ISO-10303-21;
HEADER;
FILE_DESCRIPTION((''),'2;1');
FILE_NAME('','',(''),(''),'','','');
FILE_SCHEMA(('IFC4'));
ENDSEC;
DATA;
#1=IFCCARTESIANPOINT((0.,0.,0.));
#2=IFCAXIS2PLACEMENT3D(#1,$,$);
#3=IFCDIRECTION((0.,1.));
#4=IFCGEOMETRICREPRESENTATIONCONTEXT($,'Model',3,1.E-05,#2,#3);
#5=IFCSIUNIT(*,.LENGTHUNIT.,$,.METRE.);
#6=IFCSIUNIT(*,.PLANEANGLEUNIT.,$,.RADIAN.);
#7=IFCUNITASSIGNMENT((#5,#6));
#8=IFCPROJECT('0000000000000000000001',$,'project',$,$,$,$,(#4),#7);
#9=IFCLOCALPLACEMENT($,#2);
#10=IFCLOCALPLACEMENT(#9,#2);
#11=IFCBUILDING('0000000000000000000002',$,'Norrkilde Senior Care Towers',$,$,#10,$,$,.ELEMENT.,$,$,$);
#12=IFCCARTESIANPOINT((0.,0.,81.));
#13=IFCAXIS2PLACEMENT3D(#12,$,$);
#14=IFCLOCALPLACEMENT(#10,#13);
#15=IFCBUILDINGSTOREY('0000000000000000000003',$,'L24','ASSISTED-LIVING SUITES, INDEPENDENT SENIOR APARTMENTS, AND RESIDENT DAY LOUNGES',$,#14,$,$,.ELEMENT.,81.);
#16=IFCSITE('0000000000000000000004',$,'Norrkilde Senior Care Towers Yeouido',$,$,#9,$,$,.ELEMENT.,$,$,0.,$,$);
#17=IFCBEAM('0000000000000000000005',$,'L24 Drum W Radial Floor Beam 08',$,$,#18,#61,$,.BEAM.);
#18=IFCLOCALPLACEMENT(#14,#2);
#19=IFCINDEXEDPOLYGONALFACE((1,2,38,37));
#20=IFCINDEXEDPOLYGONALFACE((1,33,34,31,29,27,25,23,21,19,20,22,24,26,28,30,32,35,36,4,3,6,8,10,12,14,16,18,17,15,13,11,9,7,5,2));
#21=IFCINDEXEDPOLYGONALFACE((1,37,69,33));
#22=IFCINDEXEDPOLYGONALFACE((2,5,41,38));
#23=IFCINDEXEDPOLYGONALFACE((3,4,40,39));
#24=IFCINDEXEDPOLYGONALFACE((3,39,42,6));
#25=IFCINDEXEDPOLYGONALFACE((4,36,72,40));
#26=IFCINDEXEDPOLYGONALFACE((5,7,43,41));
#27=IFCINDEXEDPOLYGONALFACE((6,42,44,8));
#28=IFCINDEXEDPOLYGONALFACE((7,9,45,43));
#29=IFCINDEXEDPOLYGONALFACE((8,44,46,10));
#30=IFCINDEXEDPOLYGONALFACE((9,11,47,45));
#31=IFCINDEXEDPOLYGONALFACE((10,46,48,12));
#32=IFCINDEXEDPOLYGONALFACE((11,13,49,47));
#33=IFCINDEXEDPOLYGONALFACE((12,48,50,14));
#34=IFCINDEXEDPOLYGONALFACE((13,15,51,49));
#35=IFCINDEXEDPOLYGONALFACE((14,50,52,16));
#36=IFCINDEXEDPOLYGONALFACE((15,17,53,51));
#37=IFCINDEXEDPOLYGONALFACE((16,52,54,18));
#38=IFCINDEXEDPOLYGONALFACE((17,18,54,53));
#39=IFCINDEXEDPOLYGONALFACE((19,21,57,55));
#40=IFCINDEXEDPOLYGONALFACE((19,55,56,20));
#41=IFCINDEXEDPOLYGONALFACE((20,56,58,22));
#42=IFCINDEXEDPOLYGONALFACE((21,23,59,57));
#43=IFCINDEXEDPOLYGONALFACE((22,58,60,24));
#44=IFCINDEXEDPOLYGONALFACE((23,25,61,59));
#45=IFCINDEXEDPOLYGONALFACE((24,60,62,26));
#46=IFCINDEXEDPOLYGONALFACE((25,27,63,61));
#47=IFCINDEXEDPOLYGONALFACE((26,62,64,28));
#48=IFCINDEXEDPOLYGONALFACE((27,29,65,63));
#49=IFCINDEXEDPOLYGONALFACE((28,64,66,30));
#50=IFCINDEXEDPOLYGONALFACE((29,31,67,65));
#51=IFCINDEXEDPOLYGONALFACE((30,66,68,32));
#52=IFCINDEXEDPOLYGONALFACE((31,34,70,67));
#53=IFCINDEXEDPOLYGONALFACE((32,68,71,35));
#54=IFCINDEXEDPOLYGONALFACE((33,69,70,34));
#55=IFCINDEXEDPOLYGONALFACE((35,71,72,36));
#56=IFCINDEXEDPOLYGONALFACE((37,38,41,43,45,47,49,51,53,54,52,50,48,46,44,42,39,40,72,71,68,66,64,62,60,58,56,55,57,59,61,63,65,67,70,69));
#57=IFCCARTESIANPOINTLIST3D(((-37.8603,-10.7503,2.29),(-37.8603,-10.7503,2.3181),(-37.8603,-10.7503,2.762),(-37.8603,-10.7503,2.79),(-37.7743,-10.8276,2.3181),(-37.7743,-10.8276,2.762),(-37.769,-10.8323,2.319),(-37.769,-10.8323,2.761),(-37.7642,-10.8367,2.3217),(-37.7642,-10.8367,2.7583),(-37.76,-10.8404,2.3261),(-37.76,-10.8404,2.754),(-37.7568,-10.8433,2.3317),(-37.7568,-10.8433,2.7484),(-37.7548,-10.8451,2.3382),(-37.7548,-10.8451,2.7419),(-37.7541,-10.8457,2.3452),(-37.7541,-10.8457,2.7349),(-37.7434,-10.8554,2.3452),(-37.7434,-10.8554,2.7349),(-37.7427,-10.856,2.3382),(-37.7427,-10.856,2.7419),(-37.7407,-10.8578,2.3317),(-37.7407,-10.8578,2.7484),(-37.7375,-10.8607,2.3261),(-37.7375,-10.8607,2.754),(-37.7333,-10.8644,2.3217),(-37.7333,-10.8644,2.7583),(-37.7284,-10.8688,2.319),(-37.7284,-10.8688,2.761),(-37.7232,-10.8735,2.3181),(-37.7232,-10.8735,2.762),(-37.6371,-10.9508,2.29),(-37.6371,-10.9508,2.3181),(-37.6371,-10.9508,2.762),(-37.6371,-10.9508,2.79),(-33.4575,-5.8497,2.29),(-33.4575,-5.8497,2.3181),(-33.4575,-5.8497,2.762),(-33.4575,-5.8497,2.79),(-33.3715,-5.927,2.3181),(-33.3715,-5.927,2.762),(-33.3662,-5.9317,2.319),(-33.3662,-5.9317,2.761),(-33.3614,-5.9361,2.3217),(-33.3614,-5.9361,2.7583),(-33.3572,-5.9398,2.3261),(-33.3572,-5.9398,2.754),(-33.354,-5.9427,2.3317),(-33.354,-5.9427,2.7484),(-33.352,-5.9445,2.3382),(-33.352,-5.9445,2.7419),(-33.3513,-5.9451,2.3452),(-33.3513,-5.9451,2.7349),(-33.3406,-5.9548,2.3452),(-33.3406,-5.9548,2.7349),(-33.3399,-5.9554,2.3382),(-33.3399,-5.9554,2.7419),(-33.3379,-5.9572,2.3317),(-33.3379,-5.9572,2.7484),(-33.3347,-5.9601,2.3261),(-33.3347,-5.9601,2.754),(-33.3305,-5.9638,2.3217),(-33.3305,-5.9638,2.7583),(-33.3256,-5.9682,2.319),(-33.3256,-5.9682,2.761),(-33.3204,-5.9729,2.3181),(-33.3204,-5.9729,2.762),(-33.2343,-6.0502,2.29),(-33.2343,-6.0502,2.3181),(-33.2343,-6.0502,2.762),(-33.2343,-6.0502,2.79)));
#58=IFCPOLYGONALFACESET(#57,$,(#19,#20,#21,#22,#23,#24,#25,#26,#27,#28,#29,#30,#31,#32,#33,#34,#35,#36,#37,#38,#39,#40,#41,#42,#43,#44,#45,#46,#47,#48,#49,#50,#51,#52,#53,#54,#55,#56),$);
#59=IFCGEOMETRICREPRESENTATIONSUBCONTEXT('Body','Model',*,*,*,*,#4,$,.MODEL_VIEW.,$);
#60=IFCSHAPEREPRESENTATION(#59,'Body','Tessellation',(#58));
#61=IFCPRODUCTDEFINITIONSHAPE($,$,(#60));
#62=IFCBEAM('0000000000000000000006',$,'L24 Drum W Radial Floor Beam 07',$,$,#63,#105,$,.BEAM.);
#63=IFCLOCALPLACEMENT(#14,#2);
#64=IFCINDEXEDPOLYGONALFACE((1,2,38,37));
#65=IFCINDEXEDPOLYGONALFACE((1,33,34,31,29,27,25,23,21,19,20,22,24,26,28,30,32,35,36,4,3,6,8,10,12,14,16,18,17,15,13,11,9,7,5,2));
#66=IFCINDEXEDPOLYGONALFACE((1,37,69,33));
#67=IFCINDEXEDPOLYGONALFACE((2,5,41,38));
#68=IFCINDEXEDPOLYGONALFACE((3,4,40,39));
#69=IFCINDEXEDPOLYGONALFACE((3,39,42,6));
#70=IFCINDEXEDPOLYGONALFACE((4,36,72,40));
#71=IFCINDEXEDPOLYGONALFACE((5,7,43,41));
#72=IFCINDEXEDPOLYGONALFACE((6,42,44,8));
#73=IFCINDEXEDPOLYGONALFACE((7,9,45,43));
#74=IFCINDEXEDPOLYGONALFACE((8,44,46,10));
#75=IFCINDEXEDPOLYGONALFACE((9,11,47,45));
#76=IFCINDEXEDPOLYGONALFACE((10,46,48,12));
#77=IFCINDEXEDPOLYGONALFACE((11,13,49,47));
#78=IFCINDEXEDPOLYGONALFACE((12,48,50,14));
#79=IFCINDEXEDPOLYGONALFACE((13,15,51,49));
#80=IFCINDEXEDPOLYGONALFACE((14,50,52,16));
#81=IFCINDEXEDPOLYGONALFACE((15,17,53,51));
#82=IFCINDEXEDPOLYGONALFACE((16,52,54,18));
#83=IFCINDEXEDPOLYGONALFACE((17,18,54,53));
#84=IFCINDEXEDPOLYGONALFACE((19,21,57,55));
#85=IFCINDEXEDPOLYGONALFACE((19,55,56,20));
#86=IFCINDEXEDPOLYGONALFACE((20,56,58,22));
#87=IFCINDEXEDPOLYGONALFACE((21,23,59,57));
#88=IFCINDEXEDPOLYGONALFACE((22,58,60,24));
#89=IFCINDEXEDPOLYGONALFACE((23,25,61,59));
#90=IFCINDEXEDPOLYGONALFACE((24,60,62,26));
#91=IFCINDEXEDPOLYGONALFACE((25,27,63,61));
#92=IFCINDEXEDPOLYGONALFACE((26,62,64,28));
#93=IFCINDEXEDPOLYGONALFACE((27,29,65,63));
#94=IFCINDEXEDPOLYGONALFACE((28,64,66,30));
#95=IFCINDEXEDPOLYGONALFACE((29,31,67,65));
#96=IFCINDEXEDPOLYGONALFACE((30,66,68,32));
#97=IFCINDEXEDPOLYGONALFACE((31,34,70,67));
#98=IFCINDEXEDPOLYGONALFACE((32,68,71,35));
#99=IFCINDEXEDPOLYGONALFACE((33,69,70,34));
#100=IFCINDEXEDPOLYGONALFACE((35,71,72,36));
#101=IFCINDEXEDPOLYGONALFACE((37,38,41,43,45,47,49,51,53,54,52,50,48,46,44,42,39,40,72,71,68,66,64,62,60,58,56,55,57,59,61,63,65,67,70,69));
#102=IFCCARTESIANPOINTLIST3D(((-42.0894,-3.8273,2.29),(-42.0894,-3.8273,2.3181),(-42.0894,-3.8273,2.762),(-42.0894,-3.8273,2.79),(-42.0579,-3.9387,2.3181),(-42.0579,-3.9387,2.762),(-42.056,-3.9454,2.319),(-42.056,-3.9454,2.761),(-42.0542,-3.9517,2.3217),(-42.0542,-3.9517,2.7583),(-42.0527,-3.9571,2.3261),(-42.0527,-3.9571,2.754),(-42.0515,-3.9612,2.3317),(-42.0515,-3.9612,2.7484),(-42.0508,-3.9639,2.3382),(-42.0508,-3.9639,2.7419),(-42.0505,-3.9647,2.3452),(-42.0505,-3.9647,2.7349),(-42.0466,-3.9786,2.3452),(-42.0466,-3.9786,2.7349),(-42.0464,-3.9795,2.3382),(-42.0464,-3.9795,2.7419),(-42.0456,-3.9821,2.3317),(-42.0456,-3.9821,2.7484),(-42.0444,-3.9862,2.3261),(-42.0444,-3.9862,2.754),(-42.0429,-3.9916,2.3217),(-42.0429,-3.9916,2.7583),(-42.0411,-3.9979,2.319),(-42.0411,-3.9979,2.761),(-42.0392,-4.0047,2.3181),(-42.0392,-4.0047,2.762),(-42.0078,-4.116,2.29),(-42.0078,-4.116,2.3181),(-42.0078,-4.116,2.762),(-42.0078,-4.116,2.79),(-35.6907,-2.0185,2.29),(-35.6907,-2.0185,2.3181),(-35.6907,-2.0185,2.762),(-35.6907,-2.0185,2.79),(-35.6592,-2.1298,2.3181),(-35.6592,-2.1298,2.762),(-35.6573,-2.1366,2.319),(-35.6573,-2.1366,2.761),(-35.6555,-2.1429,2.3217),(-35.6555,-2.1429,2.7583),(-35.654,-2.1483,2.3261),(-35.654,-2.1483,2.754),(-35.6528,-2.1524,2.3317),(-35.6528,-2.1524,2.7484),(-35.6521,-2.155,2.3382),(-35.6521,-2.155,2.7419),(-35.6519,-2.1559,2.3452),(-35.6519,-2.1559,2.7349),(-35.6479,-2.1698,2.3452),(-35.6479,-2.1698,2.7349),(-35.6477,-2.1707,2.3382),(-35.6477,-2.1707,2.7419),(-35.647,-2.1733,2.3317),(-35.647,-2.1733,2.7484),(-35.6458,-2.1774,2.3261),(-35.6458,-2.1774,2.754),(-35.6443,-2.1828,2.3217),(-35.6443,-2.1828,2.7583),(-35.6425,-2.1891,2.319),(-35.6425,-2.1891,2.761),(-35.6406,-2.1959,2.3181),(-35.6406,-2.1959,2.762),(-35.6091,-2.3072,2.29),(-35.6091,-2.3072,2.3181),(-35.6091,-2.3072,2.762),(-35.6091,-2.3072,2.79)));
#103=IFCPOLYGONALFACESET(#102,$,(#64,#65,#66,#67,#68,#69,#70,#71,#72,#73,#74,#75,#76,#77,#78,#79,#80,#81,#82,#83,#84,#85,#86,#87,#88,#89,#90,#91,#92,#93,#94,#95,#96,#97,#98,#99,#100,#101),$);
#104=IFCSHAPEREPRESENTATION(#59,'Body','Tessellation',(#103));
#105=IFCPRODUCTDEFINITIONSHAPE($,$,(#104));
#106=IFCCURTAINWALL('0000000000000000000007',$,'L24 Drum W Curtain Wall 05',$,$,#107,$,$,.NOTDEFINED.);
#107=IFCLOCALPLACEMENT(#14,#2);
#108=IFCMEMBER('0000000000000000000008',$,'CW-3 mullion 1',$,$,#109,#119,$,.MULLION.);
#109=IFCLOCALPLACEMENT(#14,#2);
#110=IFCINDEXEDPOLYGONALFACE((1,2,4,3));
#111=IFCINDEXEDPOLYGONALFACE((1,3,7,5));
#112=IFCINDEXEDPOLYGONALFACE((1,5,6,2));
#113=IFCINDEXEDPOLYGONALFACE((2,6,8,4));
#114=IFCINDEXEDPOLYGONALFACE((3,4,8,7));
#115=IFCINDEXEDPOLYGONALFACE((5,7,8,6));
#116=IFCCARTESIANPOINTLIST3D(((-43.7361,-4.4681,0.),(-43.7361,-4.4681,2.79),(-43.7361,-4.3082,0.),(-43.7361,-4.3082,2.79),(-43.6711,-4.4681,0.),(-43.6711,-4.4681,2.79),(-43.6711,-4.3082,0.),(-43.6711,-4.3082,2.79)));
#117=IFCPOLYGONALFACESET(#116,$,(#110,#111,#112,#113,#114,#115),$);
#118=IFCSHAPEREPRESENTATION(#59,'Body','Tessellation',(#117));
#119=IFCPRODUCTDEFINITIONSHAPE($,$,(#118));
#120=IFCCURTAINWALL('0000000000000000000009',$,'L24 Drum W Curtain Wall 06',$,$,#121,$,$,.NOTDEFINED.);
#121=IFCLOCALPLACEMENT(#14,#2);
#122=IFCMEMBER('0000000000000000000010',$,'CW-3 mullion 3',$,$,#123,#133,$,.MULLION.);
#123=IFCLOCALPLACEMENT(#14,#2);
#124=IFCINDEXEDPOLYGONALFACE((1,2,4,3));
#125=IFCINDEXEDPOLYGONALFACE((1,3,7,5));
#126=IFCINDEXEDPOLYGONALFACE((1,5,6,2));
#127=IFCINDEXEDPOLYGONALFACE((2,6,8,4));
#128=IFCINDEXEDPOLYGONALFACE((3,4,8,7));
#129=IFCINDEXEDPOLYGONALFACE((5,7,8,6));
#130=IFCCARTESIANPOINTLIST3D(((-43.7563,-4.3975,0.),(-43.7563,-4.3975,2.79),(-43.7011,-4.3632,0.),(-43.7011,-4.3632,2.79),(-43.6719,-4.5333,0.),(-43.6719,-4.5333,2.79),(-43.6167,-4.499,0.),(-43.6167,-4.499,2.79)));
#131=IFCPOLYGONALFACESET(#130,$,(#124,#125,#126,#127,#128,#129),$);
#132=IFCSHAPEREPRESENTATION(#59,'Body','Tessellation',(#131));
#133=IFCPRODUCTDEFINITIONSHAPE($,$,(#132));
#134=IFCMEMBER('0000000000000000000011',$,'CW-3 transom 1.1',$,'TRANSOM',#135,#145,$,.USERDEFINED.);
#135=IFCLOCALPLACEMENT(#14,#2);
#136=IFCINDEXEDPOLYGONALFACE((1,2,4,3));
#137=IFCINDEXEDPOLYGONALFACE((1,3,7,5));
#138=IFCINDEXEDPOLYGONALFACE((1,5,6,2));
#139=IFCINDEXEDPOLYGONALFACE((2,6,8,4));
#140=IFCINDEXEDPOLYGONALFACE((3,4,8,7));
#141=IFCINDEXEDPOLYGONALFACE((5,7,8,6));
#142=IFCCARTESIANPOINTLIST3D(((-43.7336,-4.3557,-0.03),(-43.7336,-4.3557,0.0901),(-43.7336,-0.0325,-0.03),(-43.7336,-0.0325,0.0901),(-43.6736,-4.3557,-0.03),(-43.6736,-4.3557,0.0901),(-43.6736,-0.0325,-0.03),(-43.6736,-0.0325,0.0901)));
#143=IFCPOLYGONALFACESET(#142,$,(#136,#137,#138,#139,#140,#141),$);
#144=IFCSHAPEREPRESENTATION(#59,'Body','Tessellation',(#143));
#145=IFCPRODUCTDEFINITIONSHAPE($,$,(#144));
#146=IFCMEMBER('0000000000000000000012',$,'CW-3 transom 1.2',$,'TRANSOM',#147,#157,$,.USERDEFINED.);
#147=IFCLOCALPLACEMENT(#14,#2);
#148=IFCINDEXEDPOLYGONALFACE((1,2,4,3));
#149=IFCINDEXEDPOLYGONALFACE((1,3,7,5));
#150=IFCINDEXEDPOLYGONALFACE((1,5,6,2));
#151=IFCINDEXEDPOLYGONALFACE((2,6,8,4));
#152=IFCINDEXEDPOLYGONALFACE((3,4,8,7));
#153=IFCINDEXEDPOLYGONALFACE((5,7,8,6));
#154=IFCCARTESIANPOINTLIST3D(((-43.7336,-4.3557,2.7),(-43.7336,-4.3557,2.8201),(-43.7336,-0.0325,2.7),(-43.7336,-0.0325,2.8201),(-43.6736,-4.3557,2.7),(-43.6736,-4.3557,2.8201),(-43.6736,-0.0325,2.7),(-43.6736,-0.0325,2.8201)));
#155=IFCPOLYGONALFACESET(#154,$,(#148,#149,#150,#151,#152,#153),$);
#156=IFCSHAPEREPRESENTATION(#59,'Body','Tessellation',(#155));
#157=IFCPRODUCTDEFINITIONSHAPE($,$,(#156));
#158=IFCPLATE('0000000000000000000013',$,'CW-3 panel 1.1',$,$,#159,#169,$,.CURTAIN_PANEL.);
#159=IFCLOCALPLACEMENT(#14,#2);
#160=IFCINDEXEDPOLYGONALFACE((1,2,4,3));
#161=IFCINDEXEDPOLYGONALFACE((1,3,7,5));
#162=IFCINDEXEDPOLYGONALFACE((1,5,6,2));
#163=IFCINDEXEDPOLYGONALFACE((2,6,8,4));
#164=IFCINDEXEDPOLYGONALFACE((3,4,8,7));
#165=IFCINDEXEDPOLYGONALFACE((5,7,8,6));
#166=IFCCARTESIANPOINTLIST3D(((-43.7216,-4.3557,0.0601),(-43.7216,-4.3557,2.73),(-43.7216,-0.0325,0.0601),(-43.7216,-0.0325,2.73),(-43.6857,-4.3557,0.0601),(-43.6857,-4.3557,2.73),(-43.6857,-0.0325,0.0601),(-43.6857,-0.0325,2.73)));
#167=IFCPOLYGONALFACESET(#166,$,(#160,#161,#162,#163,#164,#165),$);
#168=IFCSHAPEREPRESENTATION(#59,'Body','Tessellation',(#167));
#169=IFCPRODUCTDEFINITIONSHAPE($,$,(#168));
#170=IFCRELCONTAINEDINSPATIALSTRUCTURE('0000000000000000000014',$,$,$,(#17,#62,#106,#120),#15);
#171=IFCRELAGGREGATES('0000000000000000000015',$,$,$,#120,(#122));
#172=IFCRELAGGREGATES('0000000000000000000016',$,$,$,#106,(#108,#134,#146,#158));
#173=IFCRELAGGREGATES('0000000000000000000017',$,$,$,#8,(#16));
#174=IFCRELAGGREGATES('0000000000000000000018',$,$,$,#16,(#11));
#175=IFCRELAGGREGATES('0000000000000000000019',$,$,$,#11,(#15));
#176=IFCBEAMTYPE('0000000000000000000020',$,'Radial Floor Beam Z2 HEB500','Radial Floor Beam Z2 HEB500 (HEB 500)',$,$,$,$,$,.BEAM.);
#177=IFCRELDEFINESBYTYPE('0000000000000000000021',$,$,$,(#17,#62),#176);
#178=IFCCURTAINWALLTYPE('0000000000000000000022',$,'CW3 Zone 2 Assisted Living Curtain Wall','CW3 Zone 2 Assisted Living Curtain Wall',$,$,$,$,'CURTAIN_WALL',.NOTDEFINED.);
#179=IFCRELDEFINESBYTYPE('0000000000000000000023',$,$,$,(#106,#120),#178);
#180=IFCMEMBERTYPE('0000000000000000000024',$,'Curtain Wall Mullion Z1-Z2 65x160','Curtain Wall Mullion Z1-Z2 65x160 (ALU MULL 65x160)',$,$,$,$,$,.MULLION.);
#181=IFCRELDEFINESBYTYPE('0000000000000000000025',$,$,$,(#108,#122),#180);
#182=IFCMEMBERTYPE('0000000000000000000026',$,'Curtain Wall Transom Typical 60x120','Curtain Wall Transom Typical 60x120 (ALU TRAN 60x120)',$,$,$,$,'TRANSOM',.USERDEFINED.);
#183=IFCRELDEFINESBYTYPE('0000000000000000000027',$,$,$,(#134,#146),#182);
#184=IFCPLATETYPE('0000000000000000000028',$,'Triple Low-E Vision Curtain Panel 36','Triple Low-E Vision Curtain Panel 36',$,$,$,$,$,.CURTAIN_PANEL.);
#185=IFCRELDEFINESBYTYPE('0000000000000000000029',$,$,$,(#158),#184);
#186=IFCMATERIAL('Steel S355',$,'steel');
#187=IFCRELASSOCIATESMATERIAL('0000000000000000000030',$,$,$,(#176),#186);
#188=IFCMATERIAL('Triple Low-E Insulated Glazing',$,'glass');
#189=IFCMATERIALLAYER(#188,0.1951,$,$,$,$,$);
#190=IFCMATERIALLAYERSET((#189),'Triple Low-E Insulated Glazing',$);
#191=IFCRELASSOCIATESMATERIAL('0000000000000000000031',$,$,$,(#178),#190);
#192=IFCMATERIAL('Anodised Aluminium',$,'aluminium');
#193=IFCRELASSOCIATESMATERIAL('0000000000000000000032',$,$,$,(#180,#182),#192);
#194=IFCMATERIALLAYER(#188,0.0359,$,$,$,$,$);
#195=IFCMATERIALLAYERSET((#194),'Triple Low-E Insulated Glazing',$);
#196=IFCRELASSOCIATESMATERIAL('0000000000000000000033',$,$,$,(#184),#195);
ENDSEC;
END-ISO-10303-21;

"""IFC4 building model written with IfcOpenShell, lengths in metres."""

from ifc_helpers import new_model, si_unit, direction, frame, origin, origin_2d, place, context, subcontext, project, spatial, rectangle, i_section, extrude, source, transform, mapped, material, layer, layer_set, material_profile, profile_set, type_object, type_shapes, element, aggregate, save


model = new_model("IFC4")

# Units and contexts
model_context = context("Model", 3, precision=1e-05, world=origin(), true_north=direction((0.0, 1.0)))
body_context = subcontext(model_context, "Body", "Model", "MODEL_VIEW")
ifc_project = project(units=[si_unit("LENGTHUNIT", "METRE"), si_unit("PLANEANGLEUNIT", "RADIAN")], contexts=[model_context])

# Site, building, storey
site_placement = place(None, origin())
site = spatial("IfcSite", under=ifc_project, at=site_placement, Name="Norrkilde Senior Care Towers Yeouido", CompositionType="ELEMENT", RefElevation=0.0)
building_placement = place(site_placement, origin())
building = spatial("IfcBuilding", under=site, at=building_placement, Name="Norrkilde Senior Care Towers", CompositionType="ELEMENT")
storey_placement = place(building_placement, frame((0.0, 0.0, 81.0)))
storey = spatial("IfcBuildingStorey", under=building, at=storey_placement, Name="L24", Description="ASSISTED-LIVING SUITES, INDEPENDENT SENIOR APARTMENTS, AND RESIDENT DAY LOUNGES", CompositionType="ELEMENT", Elevation=81.0)

# Beams
ifc_material_1 = material(Name="Steel S355", Category="steel")
ifc_material_profile_1 = material_profile(ifc_material_1, i_section(OverallWidth=0.3, OverallDepth=0.5, WebThickness=0.0144, FlangeThickness=0.0281, FilletRadius=0.0271, at=origin_2d()), Name="HEB 500")
ifc_profile_set_1 = profile_set([ifc_material_profile_1], Name="Steel S355")
beam_type_1 = type_object("IfcBeamType", Name="Radial Floor Beam Z2 HEB500", Description="Radial Floor Beam Z2 HEB500 (HEB 500)", PredefinedType="BEAM", material=ifc_profile_set_1)
shared_shape_1 = source(origin(), body_context, "Body", "SweptSolid", [
    extrude(i_section(OverallWidth=0.3, OverallDepth=0.5, WebThickness=0.0144, FlangeThickness=0.0281, FilletRadius=0.0271, at=origin_2d()), origin(), (0.0, 0.0, 1.0), 6.5879),
])
beam_1_placement = place(storey_placement, frame((-33.3459, -5.95, 2.54), z_axis=(-0.668315, -0.743878, 0.0), x_axis=(0.743878, -0.668315, 0.0)))
element("IfcBeam", 1, at=beam_1_placement, inside=storey, type_object=beam_type_1, Name="L24 Drum W Radial Floor Beam 08", PredefinedType="BEAM", context=body_context, shape_type="MappedRepresentation", body=[
    mapped(shared_shape_1, transform((0.0, 0.0, 0.0), x_axis=(1.0, 0.0, 0.0), y_axis=(0.0, 1.0, 0.0), z_axis=(0.0, 0.0, 1.0), scale=1.0)),
])
shared_shape_2 = source(origin(), body_context, "Body", "SweptSolid", [
    extrude(i_section(OverallWidth=0.3, OverallDepth=0.5, WebThickness=0.0144, FlangeThickness=0.0281, FilletRadius=0.0271, at=origin_2d()), origin(), (0.0, 0.0, 1.0), 6.6494),
])
type_shapes(beam_type_1, [shared_shape_1, shared_shape_2])
beam_2_placement = place(storey_placement, frame((-35.6499, -2.1628, 2.54), z_axis=(-0.962289, -0.272029, 0.0), x_axis=(0.272029, -0.962289, 0.0)))
element("IfcBeam", 2, at=beam_2_placement, inside=storey, type_object=beam_type_1, Name="L24 Drum W Radial Floor Beam 07", PredefinedType="BEAM", context=body_context, shape_type="MappedRepresentation", body=[
    mapped(shared_shape_2, transform((0.0, 0.0, 0.0), x_axis=(1.0, 0.0, 0.0), y_axis=(0.0, 1.0, 0.0), z_axis=(0.0, 0.0, 1.0), scale=1.0)),
])

# Curtain walls, members
ifc_material_2 = material(Name="Triple Low-E Insulated Glazing", Category="glass")
ifc_layer_1 = layer(ifc_material_2, 0.1951)
ifc_layer_set_1 = layer_set([ifc_layer_1], Name="Triple Low-E Insulated Glazing")
curtain_wall_type = type_object("IfcCurtainWallType", Name="CW3 Zone 2 Assisted Living Curtain Wall", Description="CW3 Zone 2 Assisted Living Curtain Wall", ElementType="CURTAIN_WALL", PredefinedType="NOTDEFINED", material=ifc_layer_set_1)
curtain_wall_1_placement = place(storey_placement, origin())
curtain_wall_1 = element("IfcCurtainWall", 3, at=curtain_wall_1_placement, inside=storey, type_object=curtain_wall_type, Name="L24 Drum W Curtain Wall 05", PredefinedType="NOTDEFINED")
ifc_material_3 = material(Name="Anodised Aluminium", Category="aluminium")
ifc_material_profile_2 = material_profile(ifc_material_3, rectangle(XDim=0.0649, YDim=0.1599, at=origin_2d()), Name="ALU MULL 65x160")
ifc_profile_set_2 = profile_set([ifc_material_profile_2], Name="Anodised Aluminium")
member_type_1 = type_object("IfcMemberType", Name="Curtain Wall Mullion Z1-Z2 65x160", Description="Curtain Wall Mullion Z1-Z2 65x160 (ALU MULL 65x160)", PredefinedType="MULLION", material=ifc_profile_set_2)
shared_shape_3 = source(origin(), body_context, "Body", "SweptSolid", [
    extrude(rectangle(XDim=0.0649, YDim=0.1599, at=origin_2d()), origin(), (0.0, 0.0, 1.0), 2.79),
])
type_shapes(member_type_1, [shared_shape_3])
member_1_placement = place(storey_placement, frame((-43.7036, -4.3882, 0.0), z_axis=(0.0, 0.0, 1.0), x_axis=(-1.0, 0.0, 0.0)))
member_1 = element("IfcMember", 4, at=member_1_placement, type_object=member_type_1, Name="CW-3 mullion 1", PredefinedType="MULLION", context=body_context, shape_type="MappedRepresentation", body=[
    mapped(shared_shape_3, transform((0.0, 0.0, 0.0), x_axis=(1.0, 0.0, 0.0), y_axis=(0.0, 1.0, 0.0), z_axis=(0.0, 0.0, 1.0), scale=1.0)),
])
curtain_wall_2_placement = place(storey_placement, origin())
curtain_wall_2 = element("IfcCurtainWall", 5, at=curtain_wall_2_placement, inside=storey, type_object=curtain_wall_type, Name="L24 Drum W Curtain Wall 06", PredefinedType="NOTDEFINED")
member_2_placement = place(storey_placement, frame((-43.6865, -4.4482, 0.0), z_axis=(0.0, 0.0, 1.0), x_axis=(-0.84941, -0.527733, 0.0)))
member_2 = element("IfcMember", 6, at=member_2_placement, type_object=member_type_1, Name="CW-3 mullion 3", PredefinedType="MULLION", context=body_context, shape_type="MappedRepresentation", body=[
    mapped(shared_shape_3, transform((0.0, 0.0, 0.0), x_axis=(1.0, 0.0, 0.0), y_axis=(0.0, 1.0, 0.0), z_axis=(0.0, 0.0, 1.0), scale=1.0)),
])
aggregate(curtain_wall_2, [member_2])

# Members
ifc_material_profile_3 = material_profile(ifc_material_3, rectangle(XDim=0.0601, YDim=0.1201, at=origin_2d()), Name="ALU TRAN 60x120")
ifc_profile_set_3 = profile_set([ifc_material_profile_3], Name="Anodised Aluminium")
member_type_2 = type_object("IfcMemberType", Name="Curtain Wall Transom Typical 60x120", Description="Curtain Wall Transom Typical 60x120 (ALU TRAN 60x120)", ElementType="TRANSOM", PredefinedType="USERDEFINED", material=ifc_profile_set_3)
shared_shape_4 = source(origin(), body_context, "Body", "SweptSolid", [
    extrude(rectangle(XDim=0.0601, YDim=0.1201, at=origin_2d()), origin(), (0.0, 0.0, 1.0), 4.3232),
])
type_shapes(member_type_2, [shared_shape_4])
member_3_placement = place(storey_placement, frame((-43.7036, -4.3557, 0.03), z_axis=(0.0, 1.0, 0.0), x_axis=(-1.0, 0.0, 0.0)))
member_3 = element("IfcMember", 7, at=member_3_placement, type_object=member_type_2, Name="CW-3 transom 1.1", ObjectType="TRANSOM", PredefinedType="USERDEFINED", context=body_context, shape_type="MappedRepresentation", body=[
    mapped(shared_shape_4, transform((0.0, 0.0, 0.0), x_axis=(1.0, 0.0, 0.0), y_axis=(0.0, 1.0, 0.0), z_axis=(0.0, 0.0, 1.0), scale=1.0)),
])
member_4_placement = place(storey_placement, frame((-43.7036, -4.3557, 2.76), z_axis=(0.0, 1.0, 0.0), x_axis=(-1.0, 0.0, 0.0)))
member_4 = element("IfcMember", 8, at=member_4_placement, type_object=member_type_2, Name="CW-3 transom 1.2", ObjectType="TRANSOM", PredefinedType="USERDEFINED", context=body_context, shape_type="MappedRepresentation", body=[
    mapped(shared_shape_4, transform((0.0, 0.0, 0.0), x_axis=(1.0, 0.0, 0.0), y_axis=(0.0, 1.0, 0.0), z_axis=(0.0, 0.0, 1.0), scale=1.0)),
])

# Plate
ifc_layer_2 = layer(ifc_material_2, 0.0359)
ifc_layer_set_2 = layer_set([ifc_layer_2], Name="Triple Low-E Insulated Glazing")
plate_type = type_object("IfcPlateType", Name="Triple Low-E Vision Curtain Panel 36", Description="Triple Low-E Vision Curtain Panel 36", PredefinedType="CURTAIN_PANEL", material=ifc_layer_set_2)
shared_shape_5 = source(origin(), body_context, "Body", "SweptSolid", [
    extrude(rectangle(XDim=4.3232, YDim=0.0359, at=origin_2d()), origin(), (0.0, 0.0, 1.0), 2.6699),
])
type_shapes(plate_type, [shared_shape_5])
plate_placement = place(storey_placement, frame((-43.7036, -2.1941, 0.0601), z_axis=(0.0, 0.0, 1.0), x_axis=(0.0, 1.0, 0.0)))
plate = element("IfcPlate", 9, at=plate_placement, type_object=plate_type, Name="CW-3 panel 1.1", PredefinedType="CURTAIN_PANEL", context=body_context, shape_type="MappedRepresentation", body=[
    mapped(shared_shape_5, transform((0.0, 0.0, 0.0), x_axis=(1.0, 0.0, 0.0), y_axis=(0.0, 1.0, 0.0), z_axis=(0.0, 0.0, 1.0), scale=1.0)),
])
aggregate(curtain_wall_1, [member_1, member_3, member_4, plate])

save(model, "model.ifc")
